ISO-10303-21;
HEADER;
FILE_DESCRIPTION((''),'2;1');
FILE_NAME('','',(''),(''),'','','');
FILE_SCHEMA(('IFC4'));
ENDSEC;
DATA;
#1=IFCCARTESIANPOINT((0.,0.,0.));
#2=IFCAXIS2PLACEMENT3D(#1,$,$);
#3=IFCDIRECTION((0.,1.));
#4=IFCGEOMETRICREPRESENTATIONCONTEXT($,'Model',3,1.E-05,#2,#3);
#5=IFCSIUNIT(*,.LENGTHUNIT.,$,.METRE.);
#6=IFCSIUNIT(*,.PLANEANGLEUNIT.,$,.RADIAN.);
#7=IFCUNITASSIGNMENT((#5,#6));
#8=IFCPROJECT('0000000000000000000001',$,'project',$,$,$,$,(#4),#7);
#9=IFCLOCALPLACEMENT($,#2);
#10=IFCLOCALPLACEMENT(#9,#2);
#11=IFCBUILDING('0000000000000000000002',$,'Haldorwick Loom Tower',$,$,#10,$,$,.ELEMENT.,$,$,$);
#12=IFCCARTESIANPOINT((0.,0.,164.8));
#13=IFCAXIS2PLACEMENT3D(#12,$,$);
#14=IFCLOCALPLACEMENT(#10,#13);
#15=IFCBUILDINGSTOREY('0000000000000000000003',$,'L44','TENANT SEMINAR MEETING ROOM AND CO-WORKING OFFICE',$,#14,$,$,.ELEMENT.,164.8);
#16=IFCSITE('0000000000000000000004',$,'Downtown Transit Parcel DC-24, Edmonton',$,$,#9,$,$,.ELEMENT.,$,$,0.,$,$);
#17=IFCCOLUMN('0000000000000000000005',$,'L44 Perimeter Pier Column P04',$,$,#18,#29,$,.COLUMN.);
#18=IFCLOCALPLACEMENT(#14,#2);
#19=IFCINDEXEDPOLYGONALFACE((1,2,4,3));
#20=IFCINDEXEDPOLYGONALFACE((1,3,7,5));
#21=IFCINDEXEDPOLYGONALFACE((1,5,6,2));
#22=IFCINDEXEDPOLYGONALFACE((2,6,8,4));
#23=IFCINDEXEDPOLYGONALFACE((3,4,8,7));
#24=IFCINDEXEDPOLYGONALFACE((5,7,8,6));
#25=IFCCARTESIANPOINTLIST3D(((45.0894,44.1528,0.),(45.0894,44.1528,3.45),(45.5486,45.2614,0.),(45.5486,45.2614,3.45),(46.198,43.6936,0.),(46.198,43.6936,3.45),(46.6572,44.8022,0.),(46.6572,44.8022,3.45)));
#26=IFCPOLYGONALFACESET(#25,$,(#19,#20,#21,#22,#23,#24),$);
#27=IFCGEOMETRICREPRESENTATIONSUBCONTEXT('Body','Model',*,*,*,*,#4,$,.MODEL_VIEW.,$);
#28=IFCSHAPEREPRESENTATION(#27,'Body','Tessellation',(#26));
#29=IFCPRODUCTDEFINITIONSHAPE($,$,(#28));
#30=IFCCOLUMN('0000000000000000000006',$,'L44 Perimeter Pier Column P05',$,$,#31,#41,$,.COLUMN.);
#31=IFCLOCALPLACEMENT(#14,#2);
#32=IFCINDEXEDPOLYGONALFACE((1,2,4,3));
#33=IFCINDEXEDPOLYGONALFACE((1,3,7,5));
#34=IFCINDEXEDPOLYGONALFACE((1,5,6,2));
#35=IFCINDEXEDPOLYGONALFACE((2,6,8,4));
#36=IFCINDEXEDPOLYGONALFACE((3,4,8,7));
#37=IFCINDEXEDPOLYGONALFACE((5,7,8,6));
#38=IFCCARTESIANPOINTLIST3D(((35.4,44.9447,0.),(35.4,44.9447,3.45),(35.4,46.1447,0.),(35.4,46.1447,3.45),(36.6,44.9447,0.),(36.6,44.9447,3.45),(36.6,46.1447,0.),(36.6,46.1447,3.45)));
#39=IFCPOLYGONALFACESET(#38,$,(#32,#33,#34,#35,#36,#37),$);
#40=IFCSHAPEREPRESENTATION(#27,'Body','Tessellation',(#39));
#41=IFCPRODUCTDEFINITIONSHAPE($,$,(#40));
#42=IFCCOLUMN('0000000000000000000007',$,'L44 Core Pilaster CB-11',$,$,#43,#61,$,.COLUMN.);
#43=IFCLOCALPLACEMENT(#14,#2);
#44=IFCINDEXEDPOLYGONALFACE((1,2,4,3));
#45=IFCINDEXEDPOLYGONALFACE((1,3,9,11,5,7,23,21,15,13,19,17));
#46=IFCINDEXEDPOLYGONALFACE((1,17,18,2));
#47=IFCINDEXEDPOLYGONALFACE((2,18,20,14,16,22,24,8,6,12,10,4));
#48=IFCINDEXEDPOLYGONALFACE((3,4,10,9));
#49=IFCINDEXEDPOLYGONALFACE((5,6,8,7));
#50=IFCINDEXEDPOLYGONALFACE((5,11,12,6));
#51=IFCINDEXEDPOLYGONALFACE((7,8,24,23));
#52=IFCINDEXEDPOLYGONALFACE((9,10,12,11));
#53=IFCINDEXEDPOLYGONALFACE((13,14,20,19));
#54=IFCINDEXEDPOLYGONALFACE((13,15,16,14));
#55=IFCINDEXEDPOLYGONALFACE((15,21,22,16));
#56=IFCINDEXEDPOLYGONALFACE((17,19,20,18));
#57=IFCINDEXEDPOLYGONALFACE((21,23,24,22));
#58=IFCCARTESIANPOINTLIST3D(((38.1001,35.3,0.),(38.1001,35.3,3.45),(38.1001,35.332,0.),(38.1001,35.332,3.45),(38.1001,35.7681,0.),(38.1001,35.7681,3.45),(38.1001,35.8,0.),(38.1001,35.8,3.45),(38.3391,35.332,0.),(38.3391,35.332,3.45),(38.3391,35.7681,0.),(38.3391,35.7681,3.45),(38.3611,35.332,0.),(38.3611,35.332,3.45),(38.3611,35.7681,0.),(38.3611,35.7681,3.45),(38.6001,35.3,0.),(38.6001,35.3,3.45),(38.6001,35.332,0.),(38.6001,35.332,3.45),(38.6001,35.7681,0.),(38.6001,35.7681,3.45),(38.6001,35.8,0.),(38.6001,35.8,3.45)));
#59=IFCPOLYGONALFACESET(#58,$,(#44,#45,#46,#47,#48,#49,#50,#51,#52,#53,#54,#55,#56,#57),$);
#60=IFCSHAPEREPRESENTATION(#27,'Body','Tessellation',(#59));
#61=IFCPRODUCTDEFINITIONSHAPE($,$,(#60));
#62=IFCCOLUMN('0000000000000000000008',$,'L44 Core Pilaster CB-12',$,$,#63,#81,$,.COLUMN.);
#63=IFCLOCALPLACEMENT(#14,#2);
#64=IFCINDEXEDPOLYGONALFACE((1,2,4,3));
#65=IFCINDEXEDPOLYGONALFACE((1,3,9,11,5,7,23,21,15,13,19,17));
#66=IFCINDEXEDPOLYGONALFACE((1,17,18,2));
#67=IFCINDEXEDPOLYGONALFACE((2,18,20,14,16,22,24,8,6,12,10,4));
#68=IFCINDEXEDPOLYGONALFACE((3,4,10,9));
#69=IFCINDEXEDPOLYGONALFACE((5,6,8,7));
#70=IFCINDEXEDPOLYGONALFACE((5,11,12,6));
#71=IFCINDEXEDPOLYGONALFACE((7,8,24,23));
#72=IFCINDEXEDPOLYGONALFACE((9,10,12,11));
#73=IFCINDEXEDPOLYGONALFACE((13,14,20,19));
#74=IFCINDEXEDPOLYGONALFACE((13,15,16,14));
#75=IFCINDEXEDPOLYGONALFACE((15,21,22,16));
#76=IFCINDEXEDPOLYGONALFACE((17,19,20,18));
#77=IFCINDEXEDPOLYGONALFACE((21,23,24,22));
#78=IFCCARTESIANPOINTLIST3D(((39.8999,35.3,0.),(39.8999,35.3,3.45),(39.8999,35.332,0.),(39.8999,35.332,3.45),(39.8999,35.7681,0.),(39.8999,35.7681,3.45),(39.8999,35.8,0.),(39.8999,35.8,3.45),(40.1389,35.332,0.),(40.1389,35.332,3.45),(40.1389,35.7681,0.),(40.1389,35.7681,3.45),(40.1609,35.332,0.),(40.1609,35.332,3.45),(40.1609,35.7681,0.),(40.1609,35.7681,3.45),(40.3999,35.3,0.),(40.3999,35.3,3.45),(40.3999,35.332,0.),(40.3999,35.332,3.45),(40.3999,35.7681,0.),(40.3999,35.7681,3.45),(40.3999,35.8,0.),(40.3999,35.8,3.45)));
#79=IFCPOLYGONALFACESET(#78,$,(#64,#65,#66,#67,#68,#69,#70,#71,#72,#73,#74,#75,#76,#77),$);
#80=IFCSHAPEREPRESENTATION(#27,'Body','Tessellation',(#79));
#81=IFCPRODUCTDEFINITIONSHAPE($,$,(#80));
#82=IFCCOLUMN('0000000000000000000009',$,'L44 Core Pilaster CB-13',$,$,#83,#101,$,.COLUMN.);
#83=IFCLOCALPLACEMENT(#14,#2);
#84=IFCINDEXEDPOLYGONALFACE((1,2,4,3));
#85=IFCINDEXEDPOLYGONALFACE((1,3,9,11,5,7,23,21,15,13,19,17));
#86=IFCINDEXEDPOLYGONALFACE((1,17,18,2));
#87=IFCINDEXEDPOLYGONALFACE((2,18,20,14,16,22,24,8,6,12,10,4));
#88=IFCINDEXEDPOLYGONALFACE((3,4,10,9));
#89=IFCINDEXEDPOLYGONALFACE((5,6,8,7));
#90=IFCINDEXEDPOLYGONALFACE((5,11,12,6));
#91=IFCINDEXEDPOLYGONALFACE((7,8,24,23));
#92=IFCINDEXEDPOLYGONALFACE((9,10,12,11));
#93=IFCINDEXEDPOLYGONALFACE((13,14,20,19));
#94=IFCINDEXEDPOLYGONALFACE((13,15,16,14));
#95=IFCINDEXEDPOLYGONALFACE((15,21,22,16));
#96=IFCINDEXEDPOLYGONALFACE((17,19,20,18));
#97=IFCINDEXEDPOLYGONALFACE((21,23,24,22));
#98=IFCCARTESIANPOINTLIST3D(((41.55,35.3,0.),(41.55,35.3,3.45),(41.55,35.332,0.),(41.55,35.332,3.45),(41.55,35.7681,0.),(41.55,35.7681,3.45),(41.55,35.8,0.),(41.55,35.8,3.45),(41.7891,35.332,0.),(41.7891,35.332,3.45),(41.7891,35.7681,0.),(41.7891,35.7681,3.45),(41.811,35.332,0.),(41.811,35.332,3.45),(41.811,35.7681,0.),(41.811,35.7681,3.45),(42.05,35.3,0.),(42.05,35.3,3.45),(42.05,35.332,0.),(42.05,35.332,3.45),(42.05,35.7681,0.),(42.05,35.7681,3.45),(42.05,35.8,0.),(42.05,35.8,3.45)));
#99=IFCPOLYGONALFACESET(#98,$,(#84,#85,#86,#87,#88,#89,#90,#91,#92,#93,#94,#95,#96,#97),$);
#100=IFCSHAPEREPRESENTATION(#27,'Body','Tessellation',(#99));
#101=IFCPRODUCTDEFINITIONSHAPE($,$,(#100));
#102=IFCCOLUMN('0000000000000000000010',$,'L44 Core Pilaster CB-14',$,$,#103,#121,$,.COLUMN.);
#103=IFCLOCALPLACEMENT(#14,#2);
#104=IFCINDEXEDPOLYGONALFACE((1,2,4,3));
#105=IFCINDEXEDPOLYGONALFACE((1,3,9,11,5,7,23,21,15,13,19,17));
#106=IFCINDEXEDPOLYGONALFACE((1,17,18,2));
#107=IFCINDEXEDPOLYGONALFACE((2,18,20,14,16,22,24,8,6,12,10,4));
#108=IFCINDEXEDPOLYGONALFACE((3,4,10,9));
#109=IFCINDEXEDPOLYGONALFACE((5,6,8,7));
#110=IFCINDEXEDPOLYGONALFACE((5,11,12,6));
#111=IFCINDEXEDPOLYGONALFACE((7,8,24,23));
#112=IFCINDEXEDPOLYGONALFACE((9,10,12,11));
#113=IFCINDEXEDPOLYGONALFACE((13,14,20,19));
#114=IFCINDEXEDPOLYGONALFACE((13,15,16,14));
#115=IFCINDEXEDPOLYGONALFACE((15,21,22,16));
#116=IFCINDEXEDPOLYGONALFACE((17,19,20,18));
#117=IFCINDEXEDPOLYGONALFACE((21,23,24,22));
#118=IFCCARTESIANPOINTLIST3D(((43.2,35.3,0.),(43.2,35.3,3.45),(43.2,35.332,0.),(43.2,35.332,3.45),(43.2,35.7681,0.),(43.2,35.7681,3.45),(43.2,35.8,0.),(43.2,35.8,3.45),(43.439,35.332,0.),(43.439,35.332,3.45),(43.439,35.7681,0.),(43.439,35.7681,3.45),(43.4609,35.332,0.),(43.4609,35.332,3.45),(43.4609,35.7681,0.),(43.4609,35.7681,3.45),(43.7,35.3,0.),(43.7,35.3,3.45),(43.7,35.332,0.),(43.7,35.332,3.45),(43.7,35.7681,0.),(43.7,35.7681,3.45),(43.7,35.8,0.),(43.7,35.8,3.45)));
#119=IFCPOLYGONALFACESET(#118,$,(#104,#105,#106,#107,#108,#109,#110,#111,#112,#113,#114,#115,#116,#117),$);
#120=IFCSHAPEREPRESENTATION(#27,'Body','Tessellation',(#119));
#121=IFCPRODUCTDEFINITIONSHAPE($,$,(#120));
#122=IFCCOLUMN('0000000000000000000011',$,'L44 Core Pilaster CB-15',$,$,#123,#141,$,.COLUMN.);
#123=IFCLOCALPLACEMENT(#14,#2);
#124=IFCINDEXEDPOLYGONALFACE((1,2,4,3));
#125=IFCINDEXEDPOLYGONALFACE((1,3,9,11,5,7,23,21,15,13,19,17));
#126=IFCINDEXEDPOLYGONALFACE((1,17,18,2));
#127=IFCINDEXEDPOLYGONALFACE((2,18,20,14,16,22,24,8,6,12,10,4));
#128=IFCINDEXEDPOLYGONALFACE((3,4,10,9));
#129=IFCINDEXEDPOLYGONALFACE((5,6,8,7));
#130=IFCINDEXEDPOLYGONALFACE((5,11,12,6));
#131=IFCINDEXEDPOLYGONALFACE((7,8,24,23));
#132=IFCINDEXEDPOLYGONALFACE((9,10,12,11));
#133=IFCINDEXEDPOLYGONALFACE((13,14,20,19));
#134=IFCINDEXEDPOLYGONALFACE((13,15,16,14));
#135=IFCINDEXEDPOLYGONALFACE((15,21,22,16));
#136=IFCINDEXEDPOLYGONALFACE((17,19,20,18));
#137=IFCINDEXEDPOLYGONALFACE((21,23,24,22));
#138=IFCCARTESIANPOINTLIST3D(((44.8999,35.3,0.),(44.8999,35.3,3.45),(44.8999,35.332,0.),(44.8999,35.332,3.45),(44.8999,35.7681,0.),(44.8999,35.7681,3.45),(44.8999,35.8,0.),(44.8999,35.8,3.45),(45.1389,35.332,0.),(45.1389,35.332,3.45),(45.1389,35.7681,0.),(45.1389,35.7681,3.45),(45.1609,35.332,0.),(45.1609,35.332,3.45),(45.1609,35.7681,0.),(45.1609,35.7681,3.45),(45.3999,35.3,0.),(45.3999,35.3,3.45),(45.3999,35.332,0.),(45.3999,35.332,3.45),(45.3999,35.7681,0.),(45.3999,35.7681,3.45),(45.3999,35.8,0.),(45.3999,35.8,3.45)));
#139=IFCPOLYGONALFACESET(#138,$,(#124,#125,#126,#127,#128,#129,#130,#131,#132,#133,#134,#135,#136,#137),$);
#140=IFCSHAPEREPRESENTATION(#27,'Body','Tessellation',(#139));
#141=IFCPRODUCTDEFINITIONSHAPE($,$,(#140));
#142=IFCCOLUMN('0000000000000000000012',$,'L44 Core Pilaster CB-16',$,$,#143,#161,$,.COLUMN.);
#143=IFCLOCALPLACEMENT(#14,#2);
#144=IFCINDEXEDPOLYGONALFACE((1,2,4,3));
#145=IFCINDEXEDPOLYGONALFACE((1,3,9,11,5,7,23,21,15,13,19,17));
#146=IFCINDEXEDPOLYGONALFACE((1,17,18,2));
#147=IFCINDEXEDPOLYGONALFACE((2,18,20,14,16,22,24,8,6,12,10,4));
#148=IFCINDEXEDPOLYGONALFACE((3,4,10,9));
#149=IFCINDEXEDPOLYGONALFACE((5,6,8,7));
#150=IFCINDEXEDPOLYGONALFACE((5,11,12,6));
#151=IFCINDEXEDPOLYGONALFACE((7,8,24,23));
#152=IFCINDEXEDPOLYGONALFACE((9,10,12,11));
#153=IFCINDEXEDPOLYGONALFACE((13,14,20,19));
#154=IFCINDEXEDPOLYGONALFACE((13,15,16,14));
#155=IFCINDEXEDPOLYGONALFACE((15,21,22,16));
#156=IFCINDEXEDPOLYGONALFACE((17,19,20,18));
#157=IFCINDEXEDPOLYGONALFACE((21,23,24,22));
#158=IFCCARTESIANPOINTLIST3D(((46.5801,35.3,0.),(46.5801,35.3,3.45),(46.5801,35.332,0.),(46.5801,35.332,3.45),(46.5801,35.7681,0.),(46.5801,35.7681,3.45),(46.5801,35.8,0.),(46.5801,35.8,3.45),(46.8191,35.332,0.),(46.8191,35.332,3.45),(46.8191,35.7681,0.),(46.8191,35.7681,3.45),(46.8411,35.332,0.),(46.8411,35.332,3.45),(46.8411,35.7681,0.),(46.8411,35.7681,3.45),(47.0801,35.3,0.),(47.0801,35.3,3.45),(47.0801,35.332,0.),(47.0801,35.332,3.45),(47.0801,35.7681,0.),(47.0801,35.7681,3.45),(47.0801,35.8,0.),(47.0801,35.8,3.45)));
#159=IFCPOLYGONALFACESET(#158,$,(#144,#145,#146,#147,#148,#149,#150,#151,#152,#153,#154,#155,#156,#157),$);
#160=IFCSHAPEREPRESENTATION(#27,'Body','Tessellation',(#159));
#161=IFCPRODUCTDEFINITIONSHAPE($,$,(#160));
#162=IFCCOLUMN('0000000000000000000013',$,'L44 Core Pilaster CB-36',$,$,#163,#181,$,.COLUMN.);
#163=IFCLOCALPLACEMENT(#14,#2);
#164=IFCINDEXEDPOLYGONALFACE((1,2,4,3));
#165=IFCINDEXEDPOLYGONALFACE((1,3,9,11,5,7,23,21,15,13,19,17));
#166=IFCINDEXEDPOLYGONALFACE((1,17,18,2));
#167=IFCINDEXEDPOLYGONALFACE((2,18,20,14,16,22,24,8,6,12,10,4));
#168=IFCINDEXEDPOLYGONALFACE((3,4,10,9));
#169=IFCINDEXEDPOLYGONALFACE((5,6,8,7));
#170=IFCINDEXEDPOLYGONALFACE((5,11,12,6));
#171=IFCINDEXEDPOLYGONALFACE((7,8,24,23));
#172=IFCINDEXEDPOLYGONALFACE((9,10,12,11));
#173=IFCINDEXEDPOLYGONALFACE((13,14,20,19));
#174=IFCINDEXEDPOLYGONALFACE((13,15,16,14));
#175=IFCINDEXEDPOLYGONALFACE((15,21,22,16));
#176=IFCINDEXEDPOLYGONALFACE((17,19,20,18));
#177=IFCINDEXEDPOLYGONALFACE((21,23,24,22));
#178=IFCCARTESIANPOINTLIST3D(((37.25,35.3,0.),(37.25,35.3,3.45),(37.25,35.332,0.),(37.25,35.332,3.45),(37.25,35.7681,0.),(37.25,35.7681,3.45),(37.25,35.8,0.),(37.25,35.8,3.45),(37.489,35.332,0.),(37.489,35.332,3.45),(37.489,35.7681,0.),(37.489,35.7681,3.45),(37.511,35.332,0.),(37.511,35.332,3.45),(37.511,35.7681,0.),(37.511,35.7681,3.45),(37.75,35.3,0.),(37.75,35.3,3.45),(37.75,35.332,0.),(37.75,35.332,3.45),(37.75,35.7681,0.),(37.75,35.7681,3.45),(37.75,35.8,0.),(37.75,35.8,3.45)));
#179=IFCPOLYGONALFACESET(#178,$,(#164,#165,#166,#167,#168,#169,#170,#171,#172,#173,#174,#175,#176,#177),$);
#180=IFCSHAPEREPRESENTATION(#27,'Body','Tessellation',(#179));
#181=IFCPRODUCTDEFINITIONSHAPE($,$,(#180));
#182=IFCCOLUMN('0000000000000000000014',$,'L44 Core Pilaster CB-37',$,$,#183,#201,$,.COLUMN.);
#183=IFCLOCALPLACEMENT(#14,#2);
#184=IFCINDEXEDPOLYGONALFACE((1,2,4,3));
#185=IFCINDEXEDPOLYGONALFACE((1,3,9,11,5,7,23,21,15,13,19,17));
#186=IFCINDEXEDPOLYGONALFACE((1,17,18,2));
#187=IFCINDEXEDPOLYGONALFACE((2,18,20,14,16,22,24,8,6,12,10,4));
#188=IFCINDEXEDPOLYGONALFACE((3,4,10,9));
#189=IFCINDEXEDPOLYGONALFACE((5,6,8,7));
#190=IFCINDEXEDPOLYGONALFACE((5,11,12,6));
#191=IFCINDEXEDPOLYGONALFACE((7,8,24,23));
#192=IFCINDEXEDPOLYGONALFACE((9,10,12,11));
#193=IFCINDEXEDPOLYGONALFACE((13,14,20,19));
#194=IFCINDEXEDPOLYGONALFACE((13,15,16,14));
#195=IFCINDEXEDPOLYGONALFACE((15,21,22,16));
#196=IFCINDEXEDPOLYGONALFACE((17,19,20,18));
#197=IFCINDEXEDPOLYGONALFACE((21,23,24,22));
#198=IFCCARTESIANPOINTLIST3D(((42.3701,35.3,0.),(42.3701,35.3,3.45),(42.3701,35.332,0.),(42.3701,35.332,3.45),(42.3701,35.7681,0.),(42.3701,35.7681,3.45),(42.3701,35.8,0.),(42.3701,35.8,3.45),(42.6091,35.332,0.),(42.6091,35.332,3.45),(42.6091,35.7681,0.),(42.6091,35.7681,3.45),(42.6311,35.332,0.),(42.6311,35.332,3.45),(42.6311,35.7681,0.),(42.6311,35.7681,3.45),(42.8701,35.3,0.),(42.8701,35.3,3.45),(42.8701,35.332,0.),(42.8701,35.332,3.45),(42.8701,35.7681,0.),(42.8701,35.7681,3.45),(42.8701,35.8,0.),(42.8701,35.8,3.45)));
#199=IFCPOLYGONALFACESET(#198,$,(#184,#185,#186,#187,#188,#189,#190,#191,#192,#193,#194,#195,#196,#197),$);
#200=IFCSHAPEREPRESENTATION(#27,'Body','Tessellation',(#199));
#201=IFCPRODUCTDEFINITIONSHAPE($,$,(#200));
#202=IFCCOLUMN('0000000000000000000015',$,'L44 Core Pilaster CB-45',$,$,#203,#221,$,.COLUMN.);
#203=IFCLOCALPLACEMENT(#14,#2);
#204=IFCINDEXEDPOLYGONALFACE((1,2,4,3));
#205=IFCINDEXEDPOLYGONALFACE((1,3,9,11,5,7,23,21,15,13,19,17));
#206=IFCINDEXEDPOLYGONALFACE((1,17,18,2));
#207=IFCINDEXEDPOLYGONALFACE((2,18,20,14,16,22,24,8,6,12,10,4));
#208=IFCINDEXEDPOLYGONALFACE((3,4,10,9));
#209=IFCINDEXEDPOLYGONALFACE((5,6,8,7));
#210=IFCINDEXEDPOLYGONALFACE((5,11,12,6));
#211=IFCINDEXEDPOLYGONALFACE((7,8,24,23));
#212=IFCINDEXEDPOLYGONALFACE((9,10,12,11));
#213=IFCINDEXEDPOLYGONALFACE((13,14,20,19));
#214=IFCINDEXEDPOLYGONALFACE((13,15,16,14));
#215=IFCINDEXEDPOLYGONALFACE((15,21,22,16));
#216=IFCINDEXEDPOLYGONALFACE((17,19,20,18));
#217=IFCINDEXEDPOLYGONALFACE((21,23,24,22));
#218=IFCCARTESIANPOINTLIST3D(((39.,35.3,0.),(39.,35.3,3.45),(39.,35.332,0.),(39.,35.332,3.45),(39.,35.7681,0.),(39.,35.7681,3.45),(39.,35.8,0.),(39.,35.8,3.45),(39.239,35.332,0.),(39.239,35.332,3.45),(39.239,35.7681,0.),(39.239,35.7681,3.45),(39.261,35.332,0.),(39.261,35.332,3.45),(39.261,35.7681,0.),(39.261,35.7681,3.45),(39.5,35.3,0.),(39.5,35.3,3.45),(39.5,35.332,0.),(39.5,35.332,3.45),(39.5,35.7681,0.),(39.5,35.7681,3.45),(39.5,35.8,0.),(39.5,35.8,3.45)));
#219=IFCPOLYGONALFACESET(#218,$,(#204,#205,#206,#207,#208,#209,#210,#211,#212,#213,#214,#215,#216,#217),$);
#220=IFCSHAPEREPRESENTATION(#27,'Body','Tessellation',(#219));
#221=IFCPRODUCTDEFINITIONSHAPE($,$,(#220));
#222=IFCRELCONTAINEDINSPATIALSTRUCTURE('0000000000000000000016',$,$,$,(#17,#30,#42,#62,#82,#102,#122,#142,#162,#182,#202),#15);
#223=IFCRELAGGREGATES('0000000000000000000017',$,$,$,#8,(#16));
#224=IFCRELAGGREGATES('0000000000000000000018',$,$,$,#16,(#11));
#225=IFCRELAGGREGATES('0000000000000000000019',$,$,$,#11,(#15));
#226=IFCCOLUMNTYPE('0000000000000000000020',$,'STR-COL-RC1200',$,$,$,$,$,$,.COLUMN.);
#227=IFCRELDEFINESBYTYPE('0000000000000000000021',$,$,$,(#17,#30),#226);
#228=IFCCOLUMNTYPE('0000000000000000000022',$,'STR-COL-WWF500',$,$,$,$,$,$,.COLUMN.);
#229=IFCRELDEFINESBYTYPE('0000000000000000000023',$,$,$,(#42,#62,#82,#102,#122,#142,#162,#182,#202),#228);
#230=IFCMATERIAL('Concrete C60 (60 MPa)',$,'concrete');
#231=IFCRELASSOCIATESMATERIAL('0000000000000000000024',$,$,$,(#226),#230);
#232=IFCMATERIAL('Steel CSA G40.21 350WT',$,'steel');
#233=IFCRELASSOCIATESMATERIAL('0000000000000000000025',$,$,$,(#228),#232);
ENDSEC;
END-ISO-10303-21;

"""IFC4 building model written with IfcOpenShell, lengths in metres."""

from ifc_helpers import new_model, si_unit, direction, frame, origin, origin_2d, place, context, subcontext, project, spatial, rectangle, i_section, extrude, material, material_profile, profile_set, type_object, element, save


model = new_model("IFC4")

# Units and contexts
model_context = context("Model", 3, precision=1e-05, world=origin(), true_north=direction((0.0, 1.0)))
body_context = subcontext(model_context, "Body", "Model", "MODEL_VIEW")
ifc_project = project(units=[si_unit("LENGTHUNIT", "METRE"), si_unit("PLANEANGLEUNIT", "RADIAN")], contexts=[model_context])

# Site, building, storey
site_placement = place(None, origin())
site = spatial("IfcSite", under=ifc_project, at=site_placement, Name="Downtown Transit Parcel DC-24, Edmonton", CompositionType="ELEMENT", RefElevation=0.0)
building_placement = place(site_placement, origin())
building = spatial("IfcBuilding", under=site, at=building_placement, Name="Haldorwick Loom Tower", CompositionType="ELEMENT")
storey_placement = place(building_placement, frame((0.0, 0.0, 164.8)))
storey = spatial("IfcBuildingStorey", under=building, at=storey_placement, Name="L44", Description="TENANT SEMINAR MEETING ROOM AND CO-WORKING OFFICE", CompositionType="ELEMENT", Elevation=164.8)

# Columns
ifc_material_1 = material(Name="Concrete C60 (60 MPa)", Category="concrete")
ifc_material_profile_1 = material_profile(ifc_material_1, rectangle(XDim=1.2, YDim=1.2, at=origin_2d()), Name="RC1200X1200", Category="concrete")
ifc_profile_set_1 = profile_set([ifc_material_profile_1], Name="Concrete C60 (60 MPa)")
column_type_1 = type_object("IfcColumnType", Name="STR-COL-RC1200", PredefinedType="COLUMN", material=ifc_profile_set_1)
for number, where, z_axis, x_axis, name in (
    (1, (45.8733, 44.4775, 0.0), (0.0, 0.0, 1.0), (0.382683, 0.92388, 0.0), "L44 Perimeter Pier Column P04"),
    (2, (36.0, 45.5447, 0.0), (0.0, 0.0, 1.0), (0.0, 1.0, 0.0), "L44 Perimeter Pier Column P05"),
):
    element("IfcColumn", number, at=place(storey_placement, frame(where, z_axis=z_axis, x_axis=x_axis)), inside=storey, type_object=column_type_1, Name=name, PredefinedType="COLUMN", context=body_context, shape_type="SweptSolid", body=[
        extrude(rectangle(XDim=1.2, YDim=1.2, at=origin_2d()), origin(), (0.0, 0.0, 1.0), 3.45),
    ])
ifc_material_2 = material(Name="Steel CSA G40.21 350WT", Category="steel")
ifc_material_profile_2 = material_profile(ifc_material_2, i_section(OverallWidth=0.5, OverallDepth=0.5, WebThickness=0.022, FlangeThickness=0.032, at=origin_2d()), Name="WWF500X500", Category="steel")
ifc_profile_set_2 = profile_set([ifc_material_profile_2], Name="Steel CSA G40.21 350WT")
column_type_2 = type_object("IfcColumnType", Name="STR-COL-WWF500", PredefinedType="COLUMN", material=ifc_profile_set_2)
for number, where, z_axis, x_axis, name in (
    (3, (38.3501, 35.55, 0.0), (0.0, 0.0, 1.0), (1.0, 0.0, 0.0), "L44 Core Pilaster CB-11"),
    (4, (40.1499, 35.55, 0.0), (0.0, 0.0, 1.0), (1.0, 0.0, 0.0), "L44 Core Pilaster CB-12"),
    (5, (41.8, 35.55, 0.0), (0.0, 0.0, 1.0), (1.0, 0.0, 0.0), "L44 Core Pilaster CB-13"),
    (6, (43.45, 35.55, 0.0), (0.0, 0.0, 1.0), (1.0, 0.0, 0.0), "L44 Core Pilaster CB-14"),
    (7, (45.1499, 35.55, 0.0), (0.0, 0.0, 1.0), (1.0, 0.0, 0.0), "L44 Core Pilaster CB-15"),
    (8, (46.8301, 35.55, 0.0), (0.0, 0.0, 1.0), (1.0, 0.0, 0.0), "L44 Core Pilaster CB-16"),
    (9, (37.5, 35.55, 0.0), (0.0, 0.0, 1.0), (1.0, 0.0, 0.0), "L44 Core Pilaster CB-36"),
    (10, (42.6201, 35.55, 0.0), (0.0, 0.0, 1.0), (1.0, 0.0, 0.0), "L44 Core Pilaster CB-37"),
    (11, (39.25, 35.55, 0.0), (0.0, 0.0, 1.0), (1.0, 0.0, 0.0), "L44 Core Pilaster CB-45"),
):
    element("IfcColumn", number, at=place(storey_placement, frame(where, z_axis=z_axis, x_axis=x_axis)), inside=storey, type_object=column_type_2, Name=name, PredefinedType="COLUMN", context=body_context, shape_type="SweptSolid", body=[
        extrude(i_section(OverallWidth=0.5, OverallDepth=0.5, WebThickness=0.022, FlangeThickness=0.032, at=origin_2d()), origin(), (0.0, 0.0, 1.0), 3.45),
    ])

save(model, "model.ifc")
